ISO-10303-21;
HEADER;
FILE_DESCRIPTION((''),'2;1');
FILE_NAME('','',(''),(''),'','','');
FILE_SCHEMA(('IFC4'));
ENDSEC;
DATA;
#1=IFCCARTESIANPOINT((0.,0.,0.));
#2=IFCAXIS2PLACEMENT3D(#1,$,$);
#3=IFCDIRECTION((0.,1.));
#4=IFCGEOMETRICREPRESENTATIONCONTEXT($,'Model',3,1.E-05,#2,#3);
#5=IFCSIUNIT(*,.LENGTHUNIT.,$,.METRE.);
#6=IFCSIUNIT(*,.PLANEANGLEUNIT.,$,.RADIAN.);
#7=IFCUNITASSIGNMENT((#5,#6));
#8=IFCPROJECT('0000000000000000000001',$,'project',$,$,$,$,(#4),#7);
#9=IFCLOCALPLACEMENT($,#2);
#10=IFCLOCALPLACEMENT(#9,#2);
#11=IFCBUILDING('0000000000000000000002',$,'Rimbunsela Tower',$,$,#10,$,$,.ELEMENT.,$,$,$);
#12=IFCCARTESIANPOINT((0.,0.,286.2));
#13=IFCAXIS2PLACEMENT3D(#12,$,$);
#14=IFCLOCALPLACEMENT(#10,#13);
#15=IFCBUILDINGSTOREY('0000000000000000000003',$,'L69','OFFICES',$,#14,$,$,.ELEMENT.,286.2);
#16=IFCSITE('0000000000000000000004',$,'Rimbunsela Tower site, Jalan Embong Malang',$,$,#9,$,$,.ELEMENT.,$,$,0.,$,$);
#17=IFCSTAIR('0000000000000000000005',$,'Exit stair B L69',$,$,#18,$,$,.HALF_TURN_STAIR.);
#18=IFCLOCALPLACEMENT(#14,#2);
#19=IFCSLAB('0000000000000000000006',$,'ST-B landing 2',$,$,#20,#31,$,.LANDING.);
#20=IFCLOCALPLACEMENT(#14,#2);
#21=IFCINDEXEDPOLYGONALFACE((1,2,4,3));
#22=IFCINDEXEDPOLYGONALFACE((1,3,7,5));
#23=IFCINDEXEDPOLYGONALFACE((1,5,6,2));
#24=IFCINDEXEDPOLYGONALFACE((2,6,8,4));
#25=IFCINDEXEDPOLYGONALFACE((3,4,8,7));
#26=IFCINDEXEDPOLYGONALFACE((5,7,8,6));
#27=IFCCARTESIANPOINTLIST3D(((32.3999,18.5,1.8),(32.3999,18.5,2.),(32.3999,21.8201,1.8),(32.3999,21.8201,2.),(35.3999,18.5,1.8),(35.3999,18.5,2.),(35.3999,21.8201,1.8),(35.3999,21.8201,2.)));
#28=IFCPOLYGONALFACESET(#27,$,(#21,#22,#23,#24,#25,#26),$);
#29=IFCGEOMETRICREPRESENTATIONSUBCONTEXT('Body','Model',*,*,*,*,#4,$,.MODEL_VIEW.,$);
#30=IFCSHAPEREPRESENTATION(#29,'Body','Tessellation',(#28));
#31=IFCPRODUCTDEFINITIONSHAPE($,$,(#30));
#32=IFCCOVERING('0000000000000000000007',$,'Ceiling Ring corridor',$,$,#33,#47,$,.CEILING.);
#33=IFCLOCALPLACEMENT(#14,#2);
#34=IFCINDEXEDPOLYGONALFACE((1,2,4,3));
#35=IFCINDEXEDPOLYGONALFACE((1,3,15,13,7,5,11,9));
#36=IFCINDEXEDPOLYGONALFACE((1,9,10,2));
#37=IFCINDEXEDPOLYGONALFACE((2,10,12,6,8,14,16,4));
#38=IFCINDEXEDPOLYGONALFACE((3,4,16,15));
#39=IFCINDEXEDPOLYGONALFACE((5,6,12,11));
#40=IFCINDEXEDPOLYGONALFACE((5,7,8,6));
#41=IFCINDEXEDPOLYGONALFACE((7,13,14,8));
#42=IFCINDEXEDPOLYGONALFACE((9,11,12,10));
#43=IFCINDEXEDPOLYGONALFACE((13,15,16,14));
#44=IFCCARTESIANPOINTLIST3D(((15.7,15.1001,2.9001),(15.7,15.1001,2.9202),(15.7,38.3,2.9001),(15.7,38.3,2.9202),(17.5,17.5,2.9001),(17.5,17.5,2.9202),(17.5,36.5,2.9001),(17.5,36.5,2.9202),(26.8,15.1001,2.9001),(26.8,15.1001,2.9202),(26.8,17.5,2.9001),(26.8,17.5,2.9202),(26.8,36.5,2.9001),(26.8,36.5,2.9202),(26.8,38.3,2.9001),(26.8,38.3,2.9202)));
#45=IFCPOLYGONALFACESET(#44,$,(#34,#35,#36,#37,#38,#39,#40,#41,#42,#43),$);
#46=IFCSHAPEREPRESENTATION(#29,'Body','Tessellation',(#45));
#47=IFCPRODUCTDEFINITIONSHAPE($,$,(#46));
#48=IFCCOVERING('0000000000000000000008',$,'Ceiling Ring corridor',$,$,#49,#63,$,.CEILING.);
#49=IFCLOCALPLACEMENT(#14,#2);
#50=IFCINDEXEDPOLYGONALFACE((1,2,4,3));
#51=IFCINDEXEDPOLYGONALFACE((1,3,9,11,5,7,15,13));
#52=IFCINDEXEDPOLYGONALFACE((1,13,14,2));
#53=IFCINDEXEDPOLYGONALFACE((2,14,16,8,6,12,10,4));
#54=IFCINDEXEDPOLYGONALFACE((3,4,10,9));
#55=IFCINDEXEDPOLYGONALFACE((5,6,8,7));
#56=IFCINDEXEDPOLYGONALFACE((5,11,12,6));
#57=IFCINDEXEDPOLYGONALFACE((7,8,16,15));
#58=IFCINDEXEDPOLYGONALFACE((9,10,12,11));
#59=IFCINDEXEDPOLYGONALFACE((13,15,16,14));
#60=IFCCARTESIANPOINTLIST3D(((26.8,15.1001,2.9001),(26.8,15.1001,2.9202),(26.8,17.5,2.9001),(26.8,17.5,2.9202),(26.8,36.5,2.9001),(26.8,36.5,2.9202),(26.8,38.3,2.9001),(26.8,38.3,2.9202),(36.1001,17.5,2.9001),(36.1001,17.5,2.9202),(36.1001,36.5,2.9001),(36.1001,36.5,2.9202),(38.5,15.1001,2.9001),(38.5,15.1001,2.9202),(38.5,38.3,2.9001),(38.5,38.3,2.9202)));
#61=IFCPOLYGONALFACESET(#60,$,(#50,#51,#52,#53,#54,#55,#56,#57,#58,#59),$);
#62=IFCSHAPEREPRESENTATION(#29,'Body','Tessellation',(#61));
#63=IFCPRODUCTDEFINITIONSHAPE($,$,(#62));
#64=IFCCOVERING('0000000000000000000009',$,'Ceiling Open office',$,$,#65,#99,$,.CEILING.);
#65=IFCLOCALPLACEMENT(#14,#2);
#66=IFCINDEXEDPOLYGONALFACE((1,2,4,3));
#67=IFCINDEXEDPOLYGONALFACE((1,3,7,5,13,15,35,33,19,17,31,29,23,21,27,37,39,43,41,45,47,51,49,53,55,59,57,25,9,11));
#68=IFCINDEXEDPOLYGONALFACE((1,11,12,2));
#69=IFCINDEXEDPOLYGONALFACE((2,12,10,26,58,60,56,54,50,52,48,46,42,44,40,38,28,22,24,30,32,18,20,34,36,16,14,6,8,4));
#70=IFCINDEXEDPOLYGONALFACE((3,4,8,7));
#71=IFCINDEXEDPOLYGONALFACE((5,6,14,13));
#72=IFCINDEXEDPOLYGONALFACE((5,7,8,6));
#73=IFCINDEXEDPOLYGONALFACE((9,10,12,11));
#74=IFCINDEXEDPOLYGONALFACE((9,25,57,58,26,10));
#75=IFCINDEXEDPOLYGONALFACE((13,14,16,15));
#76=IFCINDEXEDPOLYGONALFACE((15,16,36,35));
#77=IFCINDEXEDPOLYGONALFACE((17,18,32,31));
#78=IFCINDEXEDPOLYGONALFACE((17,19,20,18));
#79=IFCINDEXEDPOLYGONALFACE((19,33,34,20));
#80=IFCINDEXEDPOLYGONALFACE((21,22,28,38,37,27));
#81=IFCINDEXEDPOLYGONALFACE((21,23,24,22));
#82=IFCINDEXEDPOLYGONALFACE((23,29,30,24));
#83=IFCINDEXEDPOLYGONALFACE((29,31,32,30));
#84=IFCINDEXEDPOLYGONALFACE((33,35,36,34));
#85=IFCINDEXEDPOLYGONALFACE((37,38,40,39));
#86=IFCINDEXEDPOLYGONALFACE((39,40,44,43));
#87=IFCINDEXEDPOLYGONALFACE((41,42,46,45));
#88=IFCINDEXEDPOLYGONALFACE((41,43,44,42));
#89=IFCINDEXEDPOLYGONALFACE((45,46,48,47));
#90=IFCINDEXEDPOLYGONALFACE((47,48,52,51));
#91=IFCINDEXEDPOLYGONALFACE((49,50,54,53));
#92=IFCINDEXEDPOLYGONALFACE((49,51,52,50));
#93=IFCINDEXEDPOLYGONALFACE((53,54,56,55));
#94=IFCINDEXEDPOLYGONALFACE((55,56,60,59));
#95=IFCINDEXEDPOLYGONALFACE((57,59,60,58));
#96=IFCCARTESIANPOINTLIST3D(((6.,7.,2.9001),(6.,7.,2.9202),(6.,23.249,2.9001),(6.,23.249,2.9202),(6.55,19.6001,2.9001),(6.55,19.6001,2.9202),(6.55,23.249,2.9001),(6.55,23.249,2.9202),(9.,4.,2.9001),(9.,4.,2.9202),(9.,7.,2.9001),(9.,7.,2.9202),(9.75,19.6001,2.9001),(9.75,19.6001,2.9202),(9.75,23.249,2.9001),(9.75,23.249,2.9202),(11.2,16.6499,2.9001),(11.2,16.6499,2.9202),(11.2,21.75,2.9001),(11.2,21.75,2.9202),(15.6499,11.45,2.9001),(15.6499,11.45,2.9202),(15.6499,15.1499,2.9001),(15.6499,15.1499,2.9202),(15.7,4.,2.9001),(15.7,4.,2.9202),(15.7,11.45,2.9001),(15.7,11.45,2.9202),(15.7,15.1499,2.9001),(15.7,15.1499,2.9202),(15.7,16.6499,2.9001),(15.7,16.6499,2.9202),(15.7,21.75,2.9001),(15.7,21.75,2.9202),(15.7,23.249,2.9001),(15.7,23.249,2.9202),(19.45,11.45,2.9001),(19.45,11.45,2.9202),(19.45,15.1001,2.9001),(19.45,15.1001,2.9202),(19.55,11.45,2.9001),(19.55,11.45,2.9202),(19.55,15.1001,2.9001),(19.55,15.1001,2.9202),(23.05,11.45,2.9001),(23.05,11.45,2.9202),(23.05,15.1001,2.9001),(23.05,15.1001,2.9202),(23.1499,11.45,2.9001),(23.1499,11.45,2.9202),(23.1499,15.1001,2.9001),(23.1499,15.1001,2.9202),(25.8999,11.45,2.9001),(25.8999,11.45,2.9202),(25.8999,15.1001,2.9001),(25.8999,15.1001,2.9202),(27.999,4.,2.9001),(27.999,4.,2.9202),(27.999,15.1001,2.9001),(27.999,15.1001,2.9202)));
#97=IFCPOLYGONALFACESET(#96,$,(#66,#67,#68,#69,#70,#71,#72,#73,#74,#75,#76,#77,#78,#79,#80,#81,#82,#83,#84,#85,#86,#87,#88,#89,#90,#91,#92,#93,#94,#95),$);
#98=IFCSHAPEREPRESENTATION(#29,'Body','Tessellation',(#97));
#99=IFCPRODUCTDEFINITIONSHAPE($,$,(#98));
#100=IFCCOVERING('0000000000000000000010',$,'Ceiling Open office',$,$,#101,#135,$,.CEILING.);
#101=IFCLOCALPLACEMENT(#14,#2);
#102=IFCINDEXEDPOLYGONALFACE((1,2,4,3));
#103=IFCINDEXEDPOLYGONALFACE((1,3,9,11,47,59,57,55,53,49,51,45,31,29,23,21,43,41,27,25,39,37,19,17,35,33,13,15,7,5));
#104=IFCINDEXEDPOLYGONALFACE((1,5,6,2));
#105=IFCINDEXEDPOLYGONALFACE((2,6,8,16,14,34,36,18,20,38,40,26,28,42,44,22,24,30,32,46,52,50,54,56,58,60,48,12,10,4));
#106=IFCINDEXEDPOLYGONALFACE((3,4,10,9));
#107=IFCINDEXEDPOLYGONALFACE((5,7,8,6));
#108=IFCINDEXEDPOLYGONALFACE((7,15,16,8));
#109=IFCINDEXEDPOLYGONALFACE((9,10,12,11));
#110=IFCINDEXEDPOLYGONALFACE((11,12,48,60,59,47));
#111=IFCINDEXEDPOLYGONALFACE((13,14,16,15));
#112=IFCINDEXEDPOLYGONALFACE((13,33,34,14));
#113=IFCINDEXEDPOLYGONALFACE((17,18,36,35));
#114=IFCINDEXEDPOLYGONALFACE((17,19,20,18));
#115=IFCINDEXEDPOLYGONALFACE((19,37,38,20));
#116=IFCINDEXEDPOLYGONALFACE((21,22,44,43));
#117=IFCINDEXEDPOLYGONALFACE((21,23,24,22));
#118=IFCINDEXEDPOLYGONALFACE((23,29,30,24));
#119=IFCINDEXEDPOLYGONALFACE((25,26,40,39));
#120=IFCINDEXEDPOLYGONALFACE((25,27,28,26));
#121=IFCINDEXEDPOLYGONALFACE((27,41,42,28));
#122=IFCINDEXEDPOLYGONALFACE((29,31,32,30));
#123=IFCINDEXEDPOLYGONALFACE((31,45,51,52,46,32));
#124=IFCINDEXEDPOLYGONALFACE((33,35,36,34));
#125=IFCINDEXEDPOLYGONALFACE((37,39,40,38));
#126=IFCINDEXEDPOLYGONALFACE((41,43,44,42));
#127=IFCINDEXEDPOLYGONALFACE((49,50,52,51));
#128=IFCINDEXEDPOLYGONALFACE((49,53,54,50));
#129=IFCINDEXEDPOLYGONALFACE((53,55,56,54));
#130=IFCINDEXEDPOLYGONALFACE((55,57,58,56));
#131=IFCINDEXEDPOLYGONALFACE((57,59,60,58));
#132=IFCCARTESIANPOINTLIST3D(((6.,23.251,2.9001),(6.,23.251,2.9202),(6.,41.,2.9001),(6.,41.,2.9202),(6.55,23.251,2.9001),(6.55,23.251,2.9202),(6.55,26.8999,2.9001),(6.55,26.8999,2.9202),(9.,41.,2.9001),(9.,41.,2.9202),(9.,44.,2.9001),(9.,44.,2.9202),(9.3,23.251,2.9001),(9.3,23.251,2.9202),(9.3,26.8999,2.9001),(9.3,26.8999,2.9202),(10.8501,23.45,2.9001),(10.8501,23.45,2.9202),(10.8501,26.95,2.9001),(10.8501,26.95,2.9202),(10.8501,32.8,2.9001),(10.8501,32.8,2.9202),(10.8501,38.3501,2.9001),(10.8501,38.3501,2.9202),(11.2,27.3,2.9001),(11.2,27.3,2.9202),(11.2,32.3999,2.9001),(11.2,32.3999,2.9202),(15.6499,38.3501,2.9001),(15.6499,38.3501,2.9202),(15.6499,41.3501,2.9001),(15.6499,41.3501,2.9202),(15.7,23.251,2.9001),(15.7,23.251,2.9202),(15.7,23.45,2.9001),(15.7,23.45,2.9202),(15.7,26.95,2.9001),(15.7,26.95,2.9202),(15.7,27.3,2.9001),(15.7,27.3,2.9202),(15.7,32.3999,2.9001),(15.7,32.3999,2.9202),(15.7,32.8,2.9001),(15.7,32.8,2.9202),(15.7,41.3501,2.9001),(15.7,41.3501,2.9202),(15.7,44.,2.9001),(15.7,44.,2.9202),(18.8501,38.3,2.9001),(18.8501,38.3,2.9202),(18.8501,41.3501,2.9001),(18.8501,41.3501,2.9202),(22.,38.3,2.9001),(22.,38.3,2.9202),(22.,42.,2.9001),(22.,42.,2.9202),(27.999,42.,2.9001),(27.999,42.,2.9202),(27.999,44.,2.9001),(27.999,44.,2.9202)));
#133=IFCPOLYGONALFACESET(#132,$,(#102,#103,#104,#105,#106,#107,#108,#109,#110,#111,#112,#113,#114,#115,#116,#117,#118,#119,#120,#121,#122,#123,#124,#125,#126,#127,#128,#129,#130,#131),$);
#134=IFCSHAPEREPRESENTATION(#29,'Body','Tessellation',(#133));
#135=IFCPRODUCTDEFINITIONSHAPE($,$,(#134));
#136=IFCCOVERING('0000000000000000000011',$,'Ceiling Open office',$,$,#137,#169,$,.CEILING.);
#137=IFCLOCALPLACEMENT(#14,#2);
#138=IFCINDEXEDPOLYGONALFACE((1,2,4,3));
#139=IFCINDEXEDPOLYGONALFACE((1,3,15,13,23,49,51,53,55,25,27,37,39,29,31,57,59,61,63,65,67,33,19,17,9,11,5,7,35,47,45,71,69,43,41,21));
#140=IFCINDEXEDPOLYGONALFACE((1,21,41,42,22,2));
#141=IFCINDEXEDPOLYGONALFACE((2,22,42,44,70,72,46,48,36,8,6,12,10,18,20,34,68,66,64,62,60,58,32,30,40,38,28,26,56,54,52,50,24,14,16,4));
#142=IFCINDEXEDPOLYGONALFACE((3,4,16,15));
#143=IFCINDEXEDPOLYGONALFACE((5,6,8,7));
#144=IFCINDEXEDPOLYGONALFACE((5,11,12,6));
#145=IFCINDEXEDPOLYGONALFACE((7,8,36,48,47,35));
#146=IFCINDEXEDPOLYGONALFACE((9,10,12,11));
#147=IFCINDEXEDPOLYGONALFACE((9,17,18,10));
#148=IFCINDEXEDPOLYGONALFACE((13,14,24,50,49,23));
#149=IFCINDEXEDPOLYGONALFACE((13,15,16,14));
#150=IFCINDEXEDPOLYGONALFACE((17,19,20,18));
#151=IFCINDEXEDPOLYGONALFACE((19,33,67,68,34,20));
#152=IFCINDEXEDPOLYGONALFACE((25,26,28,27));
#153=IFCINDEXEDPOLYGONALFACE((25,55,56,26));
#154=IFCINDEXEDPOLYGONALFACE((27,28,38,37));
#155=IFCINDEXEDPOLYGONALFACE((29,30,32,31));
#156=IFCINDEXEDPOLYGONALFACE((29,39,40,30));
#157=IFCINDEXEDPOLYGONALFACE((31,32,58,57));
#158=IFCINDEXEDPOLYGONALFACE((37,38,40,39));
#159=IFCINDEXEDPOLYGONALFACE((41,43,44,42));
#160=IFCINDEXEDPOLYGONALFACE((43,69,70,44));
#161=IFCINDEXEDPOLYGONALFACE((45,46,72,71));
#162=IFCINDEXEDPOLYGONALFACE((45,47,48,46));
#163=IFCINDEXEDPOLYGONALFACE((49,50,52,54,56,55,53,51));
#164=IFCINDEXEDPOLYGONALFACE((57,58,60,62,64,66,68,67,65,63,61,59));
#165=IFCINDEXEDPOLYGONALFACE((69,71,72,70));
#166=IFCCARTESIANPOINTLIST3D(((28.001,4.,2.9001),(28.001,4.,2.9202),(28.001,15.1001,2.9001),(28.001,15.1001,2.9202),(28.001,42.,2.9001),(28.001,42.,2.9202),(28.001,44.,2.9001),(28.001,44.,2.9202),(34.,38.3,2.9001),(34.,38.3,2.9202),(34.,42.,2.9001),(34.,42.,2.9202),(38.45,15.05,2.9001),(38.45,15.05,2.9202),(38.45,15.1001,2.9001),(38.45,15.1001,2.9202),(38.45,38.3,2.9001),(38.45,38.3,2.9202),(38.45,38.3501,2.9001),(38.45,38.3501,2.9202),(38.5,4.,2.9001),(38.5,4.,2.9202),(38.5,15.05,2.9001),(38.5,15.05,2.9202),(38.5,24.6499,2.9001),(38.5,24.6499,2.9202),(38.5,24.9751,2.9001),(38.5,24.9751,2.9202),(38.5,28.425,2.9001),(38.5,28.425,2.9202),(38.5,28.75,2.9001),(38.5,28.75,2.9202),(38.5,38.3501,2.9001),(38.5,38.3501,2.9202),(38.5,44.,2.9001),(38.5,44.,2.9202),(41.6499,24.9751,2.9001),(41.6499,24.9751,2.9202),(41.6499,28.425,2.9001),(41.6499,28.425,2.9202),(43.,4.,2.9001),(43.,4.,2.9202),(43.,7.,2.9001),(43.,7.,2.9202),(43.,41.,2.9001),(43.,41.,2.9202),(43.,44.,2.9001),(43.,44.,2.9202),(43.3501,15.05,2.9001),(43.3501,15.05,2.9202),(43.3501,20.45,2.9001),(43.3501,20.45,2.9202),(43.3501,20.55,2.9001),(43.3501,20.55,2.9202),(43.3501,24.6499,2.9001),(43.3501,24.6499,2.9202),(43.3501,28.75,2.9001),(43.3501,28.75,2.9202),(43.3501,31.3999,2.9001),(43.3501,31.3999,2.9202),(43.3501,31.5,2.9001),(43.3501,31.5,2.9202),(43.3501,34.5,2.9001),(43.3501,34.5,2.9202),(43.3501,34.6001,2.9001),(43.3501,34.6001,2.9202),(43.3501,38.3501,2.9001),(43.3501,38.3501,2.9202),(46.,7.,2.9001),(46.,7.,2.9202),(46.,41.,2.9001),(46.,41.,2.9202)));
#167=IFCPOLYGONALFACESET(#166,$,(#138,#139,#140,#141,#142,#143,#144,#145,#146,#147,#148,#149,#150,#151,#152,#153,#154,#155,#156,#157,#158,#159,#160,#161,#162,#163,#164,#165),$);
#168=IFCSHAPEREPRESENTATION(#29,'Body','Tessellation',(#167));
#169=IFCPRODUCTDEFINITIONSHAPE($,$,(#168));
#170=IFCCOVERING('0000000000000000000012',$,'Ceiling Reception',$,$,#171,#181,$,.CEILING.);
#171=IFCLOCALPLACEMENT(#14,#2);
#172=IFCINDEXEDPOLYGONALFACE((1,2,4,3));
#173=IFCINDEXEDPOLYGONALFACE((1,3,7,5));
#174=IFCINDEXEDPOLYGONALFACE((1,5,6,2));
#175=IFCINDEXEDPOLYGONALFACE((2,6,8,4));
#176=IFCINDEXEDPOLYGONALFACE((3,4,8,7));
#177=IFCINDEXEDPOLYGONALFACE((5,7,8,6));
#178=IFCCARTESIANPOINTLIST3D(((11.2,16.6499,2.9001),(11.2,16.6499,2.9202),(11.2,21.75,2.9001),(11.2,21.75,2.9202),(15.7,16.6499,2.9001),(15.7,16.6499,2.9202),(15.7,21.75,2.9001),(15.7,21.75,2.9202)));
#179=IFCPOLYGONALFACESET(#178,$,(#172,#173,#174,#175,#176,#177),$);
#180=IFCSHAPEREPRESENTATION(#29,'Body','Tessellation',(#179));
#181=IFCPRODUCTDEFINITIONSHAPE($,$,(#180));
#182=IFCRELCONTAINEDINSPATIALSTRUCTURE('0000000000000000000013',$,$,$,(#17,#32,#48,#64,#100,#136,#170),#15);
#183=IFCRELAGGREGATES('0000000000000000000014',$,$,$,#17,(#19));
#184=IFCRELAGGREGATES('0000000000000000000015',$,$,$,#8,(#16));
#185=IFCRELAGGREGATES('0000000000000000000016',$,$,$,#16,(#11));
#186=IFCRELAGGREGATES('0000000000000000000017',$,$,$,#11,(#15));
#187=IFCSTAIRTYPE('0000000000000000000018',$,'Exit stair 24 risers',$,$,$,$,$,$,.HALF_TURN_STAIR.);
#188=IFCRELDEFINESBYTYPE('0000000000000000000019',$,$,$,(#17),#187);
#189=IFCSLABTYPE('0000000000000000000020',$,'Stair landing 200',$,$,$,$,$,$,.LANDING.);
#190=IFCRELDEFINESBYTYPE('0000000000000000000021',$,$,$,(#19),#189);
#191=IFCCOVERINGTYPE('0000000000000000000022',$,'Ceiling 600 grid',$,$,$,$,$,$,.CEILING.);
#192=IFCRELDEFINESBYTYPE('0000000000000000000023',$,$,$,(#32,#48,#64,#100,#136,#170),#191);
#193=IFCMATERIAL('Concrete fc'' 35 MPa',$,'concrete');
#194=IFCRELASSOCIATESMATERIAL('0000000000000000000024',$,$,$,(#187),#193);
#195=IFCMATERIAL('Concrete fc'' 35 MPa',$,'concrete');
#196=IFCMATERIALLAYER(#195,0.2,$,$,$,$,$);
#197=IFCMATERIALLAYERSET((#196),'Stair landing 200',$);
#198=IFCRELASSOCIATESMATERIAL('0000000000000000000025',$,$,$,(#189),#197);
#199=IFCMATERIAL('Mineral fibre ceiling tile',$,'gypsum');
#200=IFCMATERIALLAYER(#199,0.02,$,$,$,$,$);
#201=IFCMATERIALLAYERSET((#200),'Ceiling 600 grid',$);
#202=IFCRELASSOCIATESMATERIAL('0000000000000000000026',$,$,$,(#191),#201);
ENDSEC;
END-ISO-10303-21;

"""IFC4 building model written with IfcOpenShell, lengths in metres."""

from ifc_helpers import new_model, si_unit, direction, frame, origin, place, context, subcontext, project, spatial, polyline, outline, extrude, material, layer, layer_set, type_object, element, aggregate, save


model = new_model("IFC4")

# Units and contexts
model_context = context("Model", 3, precision=1e-05, world=origin(), true_north=direction((0.0, 1.0)))
body_context = subcontext(model_context, "Body", "Model", "MODEL_VIEW")
ifc_project = project(units=[si_unit("LENGTHUNIT", "METRE"), si_unit("PLANEANGLEUNIT", "RADIAN")], contexts=[model_context])

# Site, building, storey
site_placement = place(None, origin())
site = spatial("IfcSite", under=ifc_project, at=site_placement, Name="Rimbunsela Tower site, Jalan Embong Malang", CompositionType="ELEMENT", RefElevation=0.0)
building_placement = place(site_placement, origin())
building = spatial("IfcBuilding", under=site, at=building_placement, Name="Rimbunsela Tower", CompositionType="ELEMENT")
storey_placement = place(building_placement, frame((0.0, 0.0, 286.2)))
storey = spatial("IfcBuildingStorey", under=building, at=storey_placement, Name="L69", Description="OFFICES", CompositionType="ELEMENT", Elevation=286.2)

# Stair, slab
ifc_material_1 = material(Name="Concrete fc' 35 MPa", Category="concrete")
stair_type = type_object("IfcStairType", Name="Exit stair 24 risers", PredefinedType="HALF_TURN_STAIR", material=ifc_material_1)
stair_placement = place(storey_placement, origin())
stair = element("IfcStair", 1, at=stair_placement, inside=storey, type_object=stair_type, Name="Exit stair B L69", PredefinedType="HALF_TURN_STAIR")
ifc_material_2 = material(Name="Concrete fc' 35 MPa", Category="concrete")
ifc_layer_1 = layer(ifc_material_2, 0.2)
ifc_layer_set_1 = layer_set([ifc_layer_1], Name="Stair landing 200")
slab_type = type_object("IfcSlabType", Name="Stair landing 200", PredefinedType="LANDING", material=ifc_layer_set_1)
slab_placement = place(storey_placement, frame((0.0, 0.0, 1.8)))
slab = element("IfcSlab", 2, at=slab_placement, type_object=slab_type, Name="ST-B landing 2", PredefinedType="LANDING", context=body_context, shape_type="SweptSolid", body=[
    extrude(outline(polyline([(32.3999, 18.5), (35.3999, 18.5), (35.3999, 21.8201), (32.3999, 21.8201), (32.3999, 18.5)])), origin(), (0.0, 0.0, 1.0), 0.2),
])
aggregate(stair, [slab])

# Coverings
ifc_material_3 = material(Name="Mineral fibre ceiling tile", Category="gypsum")
ifc_layer_2 = layer(ifc_material_3, 0.02)
ifc_layer_set_2 = layer_set([ifc_layer_2], Name="Ceiling 600 grid")
covering_type_1 = type_object("IfcCoveringType", Name="Ceiling 600 grid", PredefinedType="CEILING", material=ifc_layer_set_2)
covering_1_placement = place(storey_placement, frame((0.0, 0.0, 2.9001)))
element("IfcCovering", 3, at=covering_1_placement, inside=storey, type_object=covering_type_1, Name="Ceiling Ring corridor", PredefinedType="CEILING", context=body_context, shape_type="SweptSolid", body=[
    extrude(outline(polyline([(15.7, 38.3), (26.8, 38.3), (26.8, 36.5), (17.5, 36.5), (17.5, 17.5), (26.8, 17.5), (26.8, 15.1001), (15.7, 15.1001), (15.7, 38.3)])), origin(), (0.0, 0.0, 1.0), 0.02),
])
covering_2_placement = place(storey_placement, frame((0.0, 0.0, 2.9001)))
element("IfcCovering", 4, at=covering_2_placement, inside=storey, type_object=covering_type_1, Name="Ceiling Ring corridor", PredefinedType="CEILING", context=body_context, shape_type="SweptSolid", body=[
    extrude(outline(polyline([(38.5, 38.3), (38.5, 15.1001), (26.8, 15.1001), (26.8, 17.5), (36.1001, 17.5), (36.1001, 36.5), (26.8, 36.5), (26.8, 38.3), (38.5, 38.3)])), origin(), (0.0, 0.0, 1.0), 0.02),
])
covering_3_placement = place(storey_placement, frame((0.0, 0.0, 2.9001)))
element("IfcCovering", 5, at=covering_3_placement, inside=storey, type_object=covering_type_1, Name="Ceiling Open office", PredefinedType="CEILING", context=body_context, shape_type="SweptSolid", body=[
    extrude(outline(polyline([(19.45, 15.1001), (19.55, 15.1001), (19.55, 11.45), (23.05, 11.45), (23.05, 15.1001), (23.1499, 15.1001), (23.1499, 11.45), (25.8999, 11.45), (25.8999, 15.1001), (27.999, 15.1001), (27.999, 4.0), (15.7, 4.0), (9.0, 4.0), (9.0, 7.0), (6.0, 7.0), (6.0, 23.249), (6.55, 23.249), (6.55, 19.6001), (9.75, 19.6001), (9.75, 23.249), (15.7, 23.249), (15.7, 21.75), (11.2, 21.75), (11.2, 16.6499), (15.7, 16.6499), (15.7, 15.1499), (15.6499, 15.1499), (15.6499, 11.45), (15.7, 11.45), (19.45, 11.45), (19.45, 15.1001)])), origin(), (0.0, 0.0, 1.0), 0.02),
])
covering_4_placement = place(storey_placement, frame((0.0, 0.0, 2.9001)))
element("IfcCovering", 6, at=covering_4_placement, inside=storey, type_object=covering_type_1, Name="Ceiling Open office", PredefinedType="CEILING", context=body_context, shape_type="SweptSolid", body=[
    extrude(outline(polyline([(15.6499, 38.3501), (10.8501, 38.3501), (10.8501, 32.8), (15.7, 32.8), (15.7, 32.3999), (11.2, 32.3999), (11.2, 27.3), (15.7, 27.3), (15.7, 26.95), (10.8501, 26.95), (10.8501, 23.45), (15.7, 23.45), (15.7, 23.251), (9.3, 23.251), (9.3, 26.8999), (6.55, 26.8999), (6.55, 23.251), (6.0, 23.251), (6.0, 41.0), (9.0, 41.0), (9.0, 44.0), (15.7, 44.0), (27.999, 44.0), (27.999, 42.0), (22.0, 42.0), (22.0, 38.3), (18.8501, 38.3), (18.8501, 41.3501), (15.7, 41.3501), (15.6499, 41.3501), (15.6499, 38.3501)])), origin(), (0.0, 0.0, 1.0), 0.02),
])
covering_5_placement = place(storey_placement, frame((0.0, 0.0, 2.9001)))
element("IfcCovering", 7, at=covering_5_placement, inside=storey, type_object=covering_type_1, Name="Ceiling Open office", PredefinedType="CEILING", context=body_context, shape_type="SweptSolid", body=[
    extrude(outline(polyline([(28.001, 15.1001), (38.45, 15.1001), (38.45, 15.05), (38.5, 15.05), (43.3501, 15.05), (43.3501, 20.45), (43.3501, 20.55), (43.3501, 24.6499), (38.5, 24.6499), (38.5, 24.9751), (41.6499, 24.9751), (41.6499, 28.425), (38.5, 28.425), (38.5, 28.75), (43.3501, 28.75), (43.3501, 31.3999), (43.3501, 31.5), (43.3501, 34.5), (43.3501, 34.6001), (43.3501, 38.3501), (38.5, 38.3501), (38.45, 38.3501), (38.45, 38.3), (34.0, 38.3), (34.0, 42.0), (28.001, 42.0), (28.001, 44.0), (38.5, 44.0), (43.0, 44.0), (43.0, 41.0), (46.0, 41.0), (46.0, 7.0), (43.0, 7.0), (43.0, 4.0), (38.5, 4.0), (28.001, 4.0), (28.001, 15.1001)])), origin(), (0.0, 0.0, 1.0), 0.02),
])
covering_6_placement = place(storey_placement, frame((0.0, 0.0, 2.9001)))
element("IfcCovering", 8, at=covering_6_placement, inside=storey, type_object=covering_type_1, Name="Ceiling Reception", PredefinedType="CEILING", context=body_context, shape_type="SweptSolid", body=[
    extrude(outline(polyline([(15.7, 16.6499), (15.7, 21.75), (11.2, 21.75), (11.2, 16.6499), (15.7, 16.6499)])), origin(), (0.0, 0.0, 1.0), 0.02),
])

save(model, "model.ifc")
